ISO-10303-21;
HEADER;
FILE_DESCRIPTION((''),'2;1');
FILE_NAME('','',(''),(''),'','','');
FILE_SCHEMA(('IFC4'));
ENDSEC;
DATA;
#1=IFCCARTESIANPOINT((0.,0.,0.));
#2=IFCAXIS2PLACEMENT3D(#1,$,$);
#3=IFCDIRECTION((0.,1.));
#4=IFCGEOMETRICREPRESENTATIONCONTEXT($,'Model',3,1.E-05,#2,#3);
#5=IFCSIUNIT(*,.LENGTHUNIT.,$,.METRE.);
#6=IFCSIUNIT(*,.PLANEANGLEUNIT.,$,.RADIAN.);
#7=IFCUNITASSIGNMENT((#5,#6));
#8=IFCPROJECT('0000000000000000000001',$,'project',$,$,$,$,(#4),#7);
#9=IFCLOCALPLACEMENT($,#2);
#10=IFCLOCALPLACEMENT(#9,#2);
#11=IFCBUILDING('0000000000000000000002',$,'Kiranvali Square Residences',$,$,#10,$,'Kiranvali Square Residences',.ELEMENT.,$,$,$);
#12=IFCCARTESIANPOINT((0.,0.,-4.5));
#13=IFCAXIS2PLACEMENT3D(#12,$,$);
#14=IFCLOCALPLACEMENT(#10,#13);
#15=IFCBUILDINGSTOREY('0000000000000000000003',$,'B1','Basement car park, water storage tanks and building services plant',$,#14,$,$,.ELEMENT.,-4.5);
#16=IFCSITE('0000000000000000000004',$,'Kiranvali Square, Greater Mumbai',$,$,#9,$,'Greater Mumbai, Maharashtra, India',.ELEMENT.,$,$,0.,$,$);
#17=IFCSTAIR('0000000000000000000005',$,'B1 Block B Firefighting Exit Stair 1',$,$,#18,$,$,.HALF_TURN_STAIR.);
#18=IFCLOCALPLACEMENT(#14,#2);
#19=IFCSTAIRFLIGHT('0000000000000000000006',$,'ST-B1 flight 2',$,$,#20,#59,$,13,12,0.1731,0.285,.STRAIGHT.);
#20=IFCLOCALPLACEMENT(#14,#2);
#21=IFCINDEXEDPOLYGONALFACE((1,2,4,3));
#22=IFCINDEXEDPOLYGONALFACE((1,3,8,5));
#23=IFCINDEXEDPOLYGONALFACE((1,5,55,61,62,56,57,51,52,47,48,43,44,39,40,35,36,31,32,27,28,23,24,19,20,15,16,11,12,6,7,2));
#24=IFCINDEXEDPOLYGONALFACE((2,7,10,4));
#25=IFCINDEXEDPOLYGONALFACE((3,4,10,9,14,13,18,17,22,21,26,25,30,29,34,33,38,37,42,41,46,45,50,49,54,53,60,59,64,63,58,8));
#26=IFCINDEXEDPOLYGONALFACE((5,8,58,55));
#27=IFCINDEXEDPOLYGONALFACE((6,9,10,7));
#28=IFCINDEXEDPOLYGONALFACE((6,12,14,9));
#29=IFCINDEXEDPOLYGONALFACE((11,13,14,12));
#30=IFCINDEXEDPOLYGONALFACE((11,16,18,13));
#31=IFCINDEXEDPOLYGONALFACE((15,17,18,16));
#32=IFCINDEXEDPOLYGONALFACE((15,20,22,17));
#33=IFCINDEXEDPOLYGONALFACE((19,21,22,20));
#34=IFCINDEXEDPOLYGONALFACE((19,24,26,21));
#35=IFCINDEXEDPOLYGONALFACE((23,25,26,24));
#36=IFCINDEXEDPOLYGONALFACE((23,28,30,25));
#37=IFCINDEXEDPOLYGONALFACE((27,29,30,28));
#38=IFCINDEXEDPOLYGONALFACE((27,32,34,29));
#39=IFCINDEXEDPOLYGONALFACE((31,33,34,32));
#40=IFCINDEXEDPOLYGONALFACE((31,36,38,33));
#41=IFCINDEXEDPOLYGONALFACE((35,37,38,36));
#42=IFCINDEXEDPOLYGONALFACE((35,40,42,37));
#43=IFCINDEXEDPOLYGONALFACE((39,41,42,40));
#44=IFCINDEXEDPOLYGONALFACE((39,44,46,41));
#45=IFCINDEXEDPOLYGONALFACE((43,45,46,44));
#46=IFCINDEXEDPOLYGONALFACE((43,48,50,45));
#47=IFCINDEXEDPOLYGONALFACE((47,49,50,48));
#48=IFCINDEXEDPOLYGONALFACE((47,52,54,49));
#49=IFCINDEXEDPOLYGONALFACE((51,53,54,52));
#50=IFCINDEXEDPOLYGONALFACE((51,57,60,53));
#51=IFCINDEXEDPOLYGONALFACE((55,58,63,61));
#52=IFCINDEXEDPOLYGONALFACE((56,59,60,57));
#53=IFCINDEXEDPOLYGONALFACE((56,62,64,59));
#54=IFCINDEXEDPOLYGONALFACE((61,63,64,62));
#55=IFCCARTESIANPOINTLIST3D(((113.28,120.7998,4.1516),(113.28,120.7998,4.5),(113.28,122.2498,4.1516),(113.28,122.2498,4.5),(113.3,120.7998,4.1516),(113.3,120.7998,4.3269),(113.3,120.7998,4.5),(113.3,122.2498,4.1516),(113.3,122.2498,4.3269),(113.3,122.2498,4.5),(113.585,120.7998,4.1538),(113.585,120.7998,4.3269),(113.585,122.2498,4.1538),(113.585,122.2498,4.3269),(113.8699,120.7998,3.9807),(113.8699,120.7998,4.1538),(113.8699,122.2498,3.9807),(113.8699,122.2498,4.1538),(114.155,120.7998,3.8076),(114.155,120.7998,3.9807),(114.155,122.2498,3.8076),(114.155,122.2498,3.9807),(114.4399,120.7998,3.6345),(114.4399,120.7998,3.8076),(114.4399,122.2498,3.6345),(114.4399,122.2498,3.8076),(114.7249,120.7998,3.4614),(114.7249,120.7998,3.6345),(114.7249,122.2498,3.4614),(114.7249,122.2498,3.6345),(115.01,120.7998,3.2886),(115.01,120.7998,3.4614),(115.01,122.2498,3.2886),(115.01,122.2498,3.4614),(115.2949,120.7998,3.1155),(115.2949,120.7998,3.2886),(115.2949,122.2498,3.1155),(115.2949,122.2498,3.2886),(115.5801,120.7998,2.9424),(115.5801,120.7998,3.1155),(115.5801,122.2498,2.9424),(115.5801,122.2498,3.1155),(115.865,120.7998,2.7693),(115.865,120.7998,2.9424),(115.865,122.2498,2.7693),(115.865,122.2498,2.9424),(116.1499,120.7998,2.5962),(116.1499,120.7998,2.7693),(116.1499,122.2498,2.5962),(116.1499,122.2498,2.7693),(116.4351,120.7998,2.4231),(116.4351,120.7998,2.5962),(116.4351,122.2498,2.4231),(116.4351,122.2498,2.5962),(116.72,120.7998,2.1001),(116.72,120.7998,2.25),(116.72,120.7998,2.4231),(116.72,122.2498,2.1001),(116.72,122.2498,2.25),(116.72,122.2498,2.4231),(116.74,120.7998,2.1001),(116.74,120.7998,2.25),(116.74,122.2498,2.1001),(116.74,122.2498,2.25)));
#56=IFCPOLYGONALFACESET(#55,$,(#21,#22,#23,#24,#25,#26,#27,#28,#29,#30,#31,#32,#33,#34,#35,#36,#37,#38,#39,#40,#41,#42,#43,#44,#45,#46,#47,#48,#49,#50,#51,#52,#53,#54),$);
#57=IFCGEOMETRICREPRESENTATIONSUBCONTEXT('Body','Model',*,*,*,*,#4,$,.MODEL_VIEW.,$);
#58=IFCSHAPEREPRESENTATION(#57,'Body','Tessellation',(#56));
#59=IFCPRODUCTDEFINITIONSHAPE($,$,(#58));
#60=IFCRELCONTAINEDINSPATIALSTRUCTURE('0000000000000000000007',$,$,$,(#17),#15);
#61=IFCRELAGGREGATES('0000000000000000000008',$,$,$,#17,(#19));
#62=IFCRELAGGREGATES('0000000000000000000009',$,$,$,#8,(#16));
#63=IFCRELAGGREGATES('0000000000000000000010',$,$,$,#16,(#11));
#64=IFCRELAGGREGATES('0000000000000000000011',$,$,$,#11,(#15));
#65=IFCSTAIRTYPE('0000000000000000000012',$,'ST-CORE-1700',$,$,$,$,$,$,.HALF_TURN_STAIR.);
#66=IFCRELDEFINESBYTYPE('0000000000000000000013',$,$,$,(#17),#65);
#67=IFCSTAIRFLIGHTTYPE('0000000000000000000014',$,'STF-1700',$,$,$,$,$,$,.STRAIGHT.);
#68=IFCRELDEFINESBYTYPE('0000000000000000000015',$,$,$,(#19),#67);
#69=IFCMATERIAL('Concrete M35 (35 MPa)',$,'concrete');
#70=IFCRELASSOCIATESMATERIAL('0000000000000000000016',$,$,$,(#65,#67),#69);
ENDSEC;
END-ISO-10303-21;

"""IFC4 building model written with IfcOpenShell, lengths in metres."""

from ifc_helpers import new_model, si_unit, direction, frame, origin, place, context, subcontext, project, spatial, polyline, outline, extrude, material, type_object, element, aggregate, save


model = new_model("IFC4")

# Units and contexts
model_context = context("Model", 3, precision=1e-05, world=origin(), true_north=direction((0.0, 1.0)))
body_context = subcontext(model_context, "Body", "Model", "MODEL_VIEW")
ifc_project = project(units=[si_unit("LENGTHUNIT", "METRE"), si_unit("PLANEANGLEUNIT", "RADIAN")], contexts=[model_context])

# Site, building, storey
site_placement = place(None, origin())
site = spatial("IfcSite", under=ifc_project, at=site_placement, Name="Kiranvali Square, Greater Mumbai", LongName="Greater Mumbai, Maharashtra, India", CompositionType="ELEMENT", RefElevation=0.0)
building_placement = place(site_placement, origin())
building = spatial("IfcBuilding", under=site, at=building_placement, Name="Kiranvali Square Residences", LongName="Kiranvali Square Residences", CompositionType="ELEMENT")
storey_placement = place(building_placement, frame((0.0, 0.0, -4.5)))
storey = spatial("IfcBuildingStorey", under=building, at=storey_placement, Name="B1", Description="Basement car park, water storage tanks and building services plant", CompositionType="ELEMENT", Elevation=-4.5)

# Stair, stair flight
ifc_material_1 = material(Name="Concrete M35 (35 MPa)", Category="concrete")
stair_type = type_object("IfcStairType", Name="ST-CORE-1700", PredefinedType="HALF_TURN_STAIR", material=ifc_material_1)
stair_placement = place(storey_placement, origin())
stair = element("IfcStair", 1, at=stair_placement, inside=storey, type_object=stair_type, Name="B1 Block B Firefighting Exit Stair 1", PredefinedType="HALF_TURN_STAIR")
stair_flight_type = type_object("IfcStairFlightType", Name="STF-1700", PredefinedType="STRAIGHT", material=ifc_material_1)
stair_flight_1_placement = place(storey_placement, frame((116.72, 121.5249, 2.25), z_axis=(0.0, 0.0, 1.0), x_axis=(-1.0, 0.0, 0.0)))
stair_flight_1 = element("IfcStairFlight", 2, at=stair_flight_1_placement, type_object=stair_flight_type, Name="ST-B1 flight 2", NumberOfRisers=13, NumberOfTreads=12, PredefinedType="STRAIGHT", RiserHeight=0.1731, TreadLength=0.285, context=body_context, shape_type="SweptSolid", body=[
    extrude(outline(polyline([(-0.02, -0.1499), (-0.02, 0.0), (0.0, 0.0), (0.0, 0.1731), (0.2849, 0.1731), (0.2849, 0.3462), (0.5701, 0.3462), (0.5701, 0.5193), (0.855, 0.5193), (0.855, 0.6924), (1.1399, 0.6924), (1.1399, 0.8655), (1.425, 0.8655), (1.425, 1.0386), (1.71, 1.0386), (1.71, 1.2114), (1.9951, 1.2114), (1.9951, 1.3845), (2.28, 1.3845), (2.28, 1.5576), (2.5649, 1.5576), (2.5649, 1.7307), (2.8501, 1.7307), (2.8501, 1.9038), (3.135, 1.9038), (3.135, 2.0769), (3.4199, 2.0769), (3.4199, 2.25), (3.4399, 2.25), (3.4399, 1.9016), (3.4199, 1.9016), (0.0, -0.1499), (-0.02, -0.1499)])), frame((0.0, 0.7251, 0.0), z_axis=(0.0, -1.0, 0.0), x_axis=(1.0, 0.0, 0.0)), (0.0, 0.0, 1.0), 1.45),
])
aggregate(stair, [stair_flight_1])

save(model, "model.ifc")
